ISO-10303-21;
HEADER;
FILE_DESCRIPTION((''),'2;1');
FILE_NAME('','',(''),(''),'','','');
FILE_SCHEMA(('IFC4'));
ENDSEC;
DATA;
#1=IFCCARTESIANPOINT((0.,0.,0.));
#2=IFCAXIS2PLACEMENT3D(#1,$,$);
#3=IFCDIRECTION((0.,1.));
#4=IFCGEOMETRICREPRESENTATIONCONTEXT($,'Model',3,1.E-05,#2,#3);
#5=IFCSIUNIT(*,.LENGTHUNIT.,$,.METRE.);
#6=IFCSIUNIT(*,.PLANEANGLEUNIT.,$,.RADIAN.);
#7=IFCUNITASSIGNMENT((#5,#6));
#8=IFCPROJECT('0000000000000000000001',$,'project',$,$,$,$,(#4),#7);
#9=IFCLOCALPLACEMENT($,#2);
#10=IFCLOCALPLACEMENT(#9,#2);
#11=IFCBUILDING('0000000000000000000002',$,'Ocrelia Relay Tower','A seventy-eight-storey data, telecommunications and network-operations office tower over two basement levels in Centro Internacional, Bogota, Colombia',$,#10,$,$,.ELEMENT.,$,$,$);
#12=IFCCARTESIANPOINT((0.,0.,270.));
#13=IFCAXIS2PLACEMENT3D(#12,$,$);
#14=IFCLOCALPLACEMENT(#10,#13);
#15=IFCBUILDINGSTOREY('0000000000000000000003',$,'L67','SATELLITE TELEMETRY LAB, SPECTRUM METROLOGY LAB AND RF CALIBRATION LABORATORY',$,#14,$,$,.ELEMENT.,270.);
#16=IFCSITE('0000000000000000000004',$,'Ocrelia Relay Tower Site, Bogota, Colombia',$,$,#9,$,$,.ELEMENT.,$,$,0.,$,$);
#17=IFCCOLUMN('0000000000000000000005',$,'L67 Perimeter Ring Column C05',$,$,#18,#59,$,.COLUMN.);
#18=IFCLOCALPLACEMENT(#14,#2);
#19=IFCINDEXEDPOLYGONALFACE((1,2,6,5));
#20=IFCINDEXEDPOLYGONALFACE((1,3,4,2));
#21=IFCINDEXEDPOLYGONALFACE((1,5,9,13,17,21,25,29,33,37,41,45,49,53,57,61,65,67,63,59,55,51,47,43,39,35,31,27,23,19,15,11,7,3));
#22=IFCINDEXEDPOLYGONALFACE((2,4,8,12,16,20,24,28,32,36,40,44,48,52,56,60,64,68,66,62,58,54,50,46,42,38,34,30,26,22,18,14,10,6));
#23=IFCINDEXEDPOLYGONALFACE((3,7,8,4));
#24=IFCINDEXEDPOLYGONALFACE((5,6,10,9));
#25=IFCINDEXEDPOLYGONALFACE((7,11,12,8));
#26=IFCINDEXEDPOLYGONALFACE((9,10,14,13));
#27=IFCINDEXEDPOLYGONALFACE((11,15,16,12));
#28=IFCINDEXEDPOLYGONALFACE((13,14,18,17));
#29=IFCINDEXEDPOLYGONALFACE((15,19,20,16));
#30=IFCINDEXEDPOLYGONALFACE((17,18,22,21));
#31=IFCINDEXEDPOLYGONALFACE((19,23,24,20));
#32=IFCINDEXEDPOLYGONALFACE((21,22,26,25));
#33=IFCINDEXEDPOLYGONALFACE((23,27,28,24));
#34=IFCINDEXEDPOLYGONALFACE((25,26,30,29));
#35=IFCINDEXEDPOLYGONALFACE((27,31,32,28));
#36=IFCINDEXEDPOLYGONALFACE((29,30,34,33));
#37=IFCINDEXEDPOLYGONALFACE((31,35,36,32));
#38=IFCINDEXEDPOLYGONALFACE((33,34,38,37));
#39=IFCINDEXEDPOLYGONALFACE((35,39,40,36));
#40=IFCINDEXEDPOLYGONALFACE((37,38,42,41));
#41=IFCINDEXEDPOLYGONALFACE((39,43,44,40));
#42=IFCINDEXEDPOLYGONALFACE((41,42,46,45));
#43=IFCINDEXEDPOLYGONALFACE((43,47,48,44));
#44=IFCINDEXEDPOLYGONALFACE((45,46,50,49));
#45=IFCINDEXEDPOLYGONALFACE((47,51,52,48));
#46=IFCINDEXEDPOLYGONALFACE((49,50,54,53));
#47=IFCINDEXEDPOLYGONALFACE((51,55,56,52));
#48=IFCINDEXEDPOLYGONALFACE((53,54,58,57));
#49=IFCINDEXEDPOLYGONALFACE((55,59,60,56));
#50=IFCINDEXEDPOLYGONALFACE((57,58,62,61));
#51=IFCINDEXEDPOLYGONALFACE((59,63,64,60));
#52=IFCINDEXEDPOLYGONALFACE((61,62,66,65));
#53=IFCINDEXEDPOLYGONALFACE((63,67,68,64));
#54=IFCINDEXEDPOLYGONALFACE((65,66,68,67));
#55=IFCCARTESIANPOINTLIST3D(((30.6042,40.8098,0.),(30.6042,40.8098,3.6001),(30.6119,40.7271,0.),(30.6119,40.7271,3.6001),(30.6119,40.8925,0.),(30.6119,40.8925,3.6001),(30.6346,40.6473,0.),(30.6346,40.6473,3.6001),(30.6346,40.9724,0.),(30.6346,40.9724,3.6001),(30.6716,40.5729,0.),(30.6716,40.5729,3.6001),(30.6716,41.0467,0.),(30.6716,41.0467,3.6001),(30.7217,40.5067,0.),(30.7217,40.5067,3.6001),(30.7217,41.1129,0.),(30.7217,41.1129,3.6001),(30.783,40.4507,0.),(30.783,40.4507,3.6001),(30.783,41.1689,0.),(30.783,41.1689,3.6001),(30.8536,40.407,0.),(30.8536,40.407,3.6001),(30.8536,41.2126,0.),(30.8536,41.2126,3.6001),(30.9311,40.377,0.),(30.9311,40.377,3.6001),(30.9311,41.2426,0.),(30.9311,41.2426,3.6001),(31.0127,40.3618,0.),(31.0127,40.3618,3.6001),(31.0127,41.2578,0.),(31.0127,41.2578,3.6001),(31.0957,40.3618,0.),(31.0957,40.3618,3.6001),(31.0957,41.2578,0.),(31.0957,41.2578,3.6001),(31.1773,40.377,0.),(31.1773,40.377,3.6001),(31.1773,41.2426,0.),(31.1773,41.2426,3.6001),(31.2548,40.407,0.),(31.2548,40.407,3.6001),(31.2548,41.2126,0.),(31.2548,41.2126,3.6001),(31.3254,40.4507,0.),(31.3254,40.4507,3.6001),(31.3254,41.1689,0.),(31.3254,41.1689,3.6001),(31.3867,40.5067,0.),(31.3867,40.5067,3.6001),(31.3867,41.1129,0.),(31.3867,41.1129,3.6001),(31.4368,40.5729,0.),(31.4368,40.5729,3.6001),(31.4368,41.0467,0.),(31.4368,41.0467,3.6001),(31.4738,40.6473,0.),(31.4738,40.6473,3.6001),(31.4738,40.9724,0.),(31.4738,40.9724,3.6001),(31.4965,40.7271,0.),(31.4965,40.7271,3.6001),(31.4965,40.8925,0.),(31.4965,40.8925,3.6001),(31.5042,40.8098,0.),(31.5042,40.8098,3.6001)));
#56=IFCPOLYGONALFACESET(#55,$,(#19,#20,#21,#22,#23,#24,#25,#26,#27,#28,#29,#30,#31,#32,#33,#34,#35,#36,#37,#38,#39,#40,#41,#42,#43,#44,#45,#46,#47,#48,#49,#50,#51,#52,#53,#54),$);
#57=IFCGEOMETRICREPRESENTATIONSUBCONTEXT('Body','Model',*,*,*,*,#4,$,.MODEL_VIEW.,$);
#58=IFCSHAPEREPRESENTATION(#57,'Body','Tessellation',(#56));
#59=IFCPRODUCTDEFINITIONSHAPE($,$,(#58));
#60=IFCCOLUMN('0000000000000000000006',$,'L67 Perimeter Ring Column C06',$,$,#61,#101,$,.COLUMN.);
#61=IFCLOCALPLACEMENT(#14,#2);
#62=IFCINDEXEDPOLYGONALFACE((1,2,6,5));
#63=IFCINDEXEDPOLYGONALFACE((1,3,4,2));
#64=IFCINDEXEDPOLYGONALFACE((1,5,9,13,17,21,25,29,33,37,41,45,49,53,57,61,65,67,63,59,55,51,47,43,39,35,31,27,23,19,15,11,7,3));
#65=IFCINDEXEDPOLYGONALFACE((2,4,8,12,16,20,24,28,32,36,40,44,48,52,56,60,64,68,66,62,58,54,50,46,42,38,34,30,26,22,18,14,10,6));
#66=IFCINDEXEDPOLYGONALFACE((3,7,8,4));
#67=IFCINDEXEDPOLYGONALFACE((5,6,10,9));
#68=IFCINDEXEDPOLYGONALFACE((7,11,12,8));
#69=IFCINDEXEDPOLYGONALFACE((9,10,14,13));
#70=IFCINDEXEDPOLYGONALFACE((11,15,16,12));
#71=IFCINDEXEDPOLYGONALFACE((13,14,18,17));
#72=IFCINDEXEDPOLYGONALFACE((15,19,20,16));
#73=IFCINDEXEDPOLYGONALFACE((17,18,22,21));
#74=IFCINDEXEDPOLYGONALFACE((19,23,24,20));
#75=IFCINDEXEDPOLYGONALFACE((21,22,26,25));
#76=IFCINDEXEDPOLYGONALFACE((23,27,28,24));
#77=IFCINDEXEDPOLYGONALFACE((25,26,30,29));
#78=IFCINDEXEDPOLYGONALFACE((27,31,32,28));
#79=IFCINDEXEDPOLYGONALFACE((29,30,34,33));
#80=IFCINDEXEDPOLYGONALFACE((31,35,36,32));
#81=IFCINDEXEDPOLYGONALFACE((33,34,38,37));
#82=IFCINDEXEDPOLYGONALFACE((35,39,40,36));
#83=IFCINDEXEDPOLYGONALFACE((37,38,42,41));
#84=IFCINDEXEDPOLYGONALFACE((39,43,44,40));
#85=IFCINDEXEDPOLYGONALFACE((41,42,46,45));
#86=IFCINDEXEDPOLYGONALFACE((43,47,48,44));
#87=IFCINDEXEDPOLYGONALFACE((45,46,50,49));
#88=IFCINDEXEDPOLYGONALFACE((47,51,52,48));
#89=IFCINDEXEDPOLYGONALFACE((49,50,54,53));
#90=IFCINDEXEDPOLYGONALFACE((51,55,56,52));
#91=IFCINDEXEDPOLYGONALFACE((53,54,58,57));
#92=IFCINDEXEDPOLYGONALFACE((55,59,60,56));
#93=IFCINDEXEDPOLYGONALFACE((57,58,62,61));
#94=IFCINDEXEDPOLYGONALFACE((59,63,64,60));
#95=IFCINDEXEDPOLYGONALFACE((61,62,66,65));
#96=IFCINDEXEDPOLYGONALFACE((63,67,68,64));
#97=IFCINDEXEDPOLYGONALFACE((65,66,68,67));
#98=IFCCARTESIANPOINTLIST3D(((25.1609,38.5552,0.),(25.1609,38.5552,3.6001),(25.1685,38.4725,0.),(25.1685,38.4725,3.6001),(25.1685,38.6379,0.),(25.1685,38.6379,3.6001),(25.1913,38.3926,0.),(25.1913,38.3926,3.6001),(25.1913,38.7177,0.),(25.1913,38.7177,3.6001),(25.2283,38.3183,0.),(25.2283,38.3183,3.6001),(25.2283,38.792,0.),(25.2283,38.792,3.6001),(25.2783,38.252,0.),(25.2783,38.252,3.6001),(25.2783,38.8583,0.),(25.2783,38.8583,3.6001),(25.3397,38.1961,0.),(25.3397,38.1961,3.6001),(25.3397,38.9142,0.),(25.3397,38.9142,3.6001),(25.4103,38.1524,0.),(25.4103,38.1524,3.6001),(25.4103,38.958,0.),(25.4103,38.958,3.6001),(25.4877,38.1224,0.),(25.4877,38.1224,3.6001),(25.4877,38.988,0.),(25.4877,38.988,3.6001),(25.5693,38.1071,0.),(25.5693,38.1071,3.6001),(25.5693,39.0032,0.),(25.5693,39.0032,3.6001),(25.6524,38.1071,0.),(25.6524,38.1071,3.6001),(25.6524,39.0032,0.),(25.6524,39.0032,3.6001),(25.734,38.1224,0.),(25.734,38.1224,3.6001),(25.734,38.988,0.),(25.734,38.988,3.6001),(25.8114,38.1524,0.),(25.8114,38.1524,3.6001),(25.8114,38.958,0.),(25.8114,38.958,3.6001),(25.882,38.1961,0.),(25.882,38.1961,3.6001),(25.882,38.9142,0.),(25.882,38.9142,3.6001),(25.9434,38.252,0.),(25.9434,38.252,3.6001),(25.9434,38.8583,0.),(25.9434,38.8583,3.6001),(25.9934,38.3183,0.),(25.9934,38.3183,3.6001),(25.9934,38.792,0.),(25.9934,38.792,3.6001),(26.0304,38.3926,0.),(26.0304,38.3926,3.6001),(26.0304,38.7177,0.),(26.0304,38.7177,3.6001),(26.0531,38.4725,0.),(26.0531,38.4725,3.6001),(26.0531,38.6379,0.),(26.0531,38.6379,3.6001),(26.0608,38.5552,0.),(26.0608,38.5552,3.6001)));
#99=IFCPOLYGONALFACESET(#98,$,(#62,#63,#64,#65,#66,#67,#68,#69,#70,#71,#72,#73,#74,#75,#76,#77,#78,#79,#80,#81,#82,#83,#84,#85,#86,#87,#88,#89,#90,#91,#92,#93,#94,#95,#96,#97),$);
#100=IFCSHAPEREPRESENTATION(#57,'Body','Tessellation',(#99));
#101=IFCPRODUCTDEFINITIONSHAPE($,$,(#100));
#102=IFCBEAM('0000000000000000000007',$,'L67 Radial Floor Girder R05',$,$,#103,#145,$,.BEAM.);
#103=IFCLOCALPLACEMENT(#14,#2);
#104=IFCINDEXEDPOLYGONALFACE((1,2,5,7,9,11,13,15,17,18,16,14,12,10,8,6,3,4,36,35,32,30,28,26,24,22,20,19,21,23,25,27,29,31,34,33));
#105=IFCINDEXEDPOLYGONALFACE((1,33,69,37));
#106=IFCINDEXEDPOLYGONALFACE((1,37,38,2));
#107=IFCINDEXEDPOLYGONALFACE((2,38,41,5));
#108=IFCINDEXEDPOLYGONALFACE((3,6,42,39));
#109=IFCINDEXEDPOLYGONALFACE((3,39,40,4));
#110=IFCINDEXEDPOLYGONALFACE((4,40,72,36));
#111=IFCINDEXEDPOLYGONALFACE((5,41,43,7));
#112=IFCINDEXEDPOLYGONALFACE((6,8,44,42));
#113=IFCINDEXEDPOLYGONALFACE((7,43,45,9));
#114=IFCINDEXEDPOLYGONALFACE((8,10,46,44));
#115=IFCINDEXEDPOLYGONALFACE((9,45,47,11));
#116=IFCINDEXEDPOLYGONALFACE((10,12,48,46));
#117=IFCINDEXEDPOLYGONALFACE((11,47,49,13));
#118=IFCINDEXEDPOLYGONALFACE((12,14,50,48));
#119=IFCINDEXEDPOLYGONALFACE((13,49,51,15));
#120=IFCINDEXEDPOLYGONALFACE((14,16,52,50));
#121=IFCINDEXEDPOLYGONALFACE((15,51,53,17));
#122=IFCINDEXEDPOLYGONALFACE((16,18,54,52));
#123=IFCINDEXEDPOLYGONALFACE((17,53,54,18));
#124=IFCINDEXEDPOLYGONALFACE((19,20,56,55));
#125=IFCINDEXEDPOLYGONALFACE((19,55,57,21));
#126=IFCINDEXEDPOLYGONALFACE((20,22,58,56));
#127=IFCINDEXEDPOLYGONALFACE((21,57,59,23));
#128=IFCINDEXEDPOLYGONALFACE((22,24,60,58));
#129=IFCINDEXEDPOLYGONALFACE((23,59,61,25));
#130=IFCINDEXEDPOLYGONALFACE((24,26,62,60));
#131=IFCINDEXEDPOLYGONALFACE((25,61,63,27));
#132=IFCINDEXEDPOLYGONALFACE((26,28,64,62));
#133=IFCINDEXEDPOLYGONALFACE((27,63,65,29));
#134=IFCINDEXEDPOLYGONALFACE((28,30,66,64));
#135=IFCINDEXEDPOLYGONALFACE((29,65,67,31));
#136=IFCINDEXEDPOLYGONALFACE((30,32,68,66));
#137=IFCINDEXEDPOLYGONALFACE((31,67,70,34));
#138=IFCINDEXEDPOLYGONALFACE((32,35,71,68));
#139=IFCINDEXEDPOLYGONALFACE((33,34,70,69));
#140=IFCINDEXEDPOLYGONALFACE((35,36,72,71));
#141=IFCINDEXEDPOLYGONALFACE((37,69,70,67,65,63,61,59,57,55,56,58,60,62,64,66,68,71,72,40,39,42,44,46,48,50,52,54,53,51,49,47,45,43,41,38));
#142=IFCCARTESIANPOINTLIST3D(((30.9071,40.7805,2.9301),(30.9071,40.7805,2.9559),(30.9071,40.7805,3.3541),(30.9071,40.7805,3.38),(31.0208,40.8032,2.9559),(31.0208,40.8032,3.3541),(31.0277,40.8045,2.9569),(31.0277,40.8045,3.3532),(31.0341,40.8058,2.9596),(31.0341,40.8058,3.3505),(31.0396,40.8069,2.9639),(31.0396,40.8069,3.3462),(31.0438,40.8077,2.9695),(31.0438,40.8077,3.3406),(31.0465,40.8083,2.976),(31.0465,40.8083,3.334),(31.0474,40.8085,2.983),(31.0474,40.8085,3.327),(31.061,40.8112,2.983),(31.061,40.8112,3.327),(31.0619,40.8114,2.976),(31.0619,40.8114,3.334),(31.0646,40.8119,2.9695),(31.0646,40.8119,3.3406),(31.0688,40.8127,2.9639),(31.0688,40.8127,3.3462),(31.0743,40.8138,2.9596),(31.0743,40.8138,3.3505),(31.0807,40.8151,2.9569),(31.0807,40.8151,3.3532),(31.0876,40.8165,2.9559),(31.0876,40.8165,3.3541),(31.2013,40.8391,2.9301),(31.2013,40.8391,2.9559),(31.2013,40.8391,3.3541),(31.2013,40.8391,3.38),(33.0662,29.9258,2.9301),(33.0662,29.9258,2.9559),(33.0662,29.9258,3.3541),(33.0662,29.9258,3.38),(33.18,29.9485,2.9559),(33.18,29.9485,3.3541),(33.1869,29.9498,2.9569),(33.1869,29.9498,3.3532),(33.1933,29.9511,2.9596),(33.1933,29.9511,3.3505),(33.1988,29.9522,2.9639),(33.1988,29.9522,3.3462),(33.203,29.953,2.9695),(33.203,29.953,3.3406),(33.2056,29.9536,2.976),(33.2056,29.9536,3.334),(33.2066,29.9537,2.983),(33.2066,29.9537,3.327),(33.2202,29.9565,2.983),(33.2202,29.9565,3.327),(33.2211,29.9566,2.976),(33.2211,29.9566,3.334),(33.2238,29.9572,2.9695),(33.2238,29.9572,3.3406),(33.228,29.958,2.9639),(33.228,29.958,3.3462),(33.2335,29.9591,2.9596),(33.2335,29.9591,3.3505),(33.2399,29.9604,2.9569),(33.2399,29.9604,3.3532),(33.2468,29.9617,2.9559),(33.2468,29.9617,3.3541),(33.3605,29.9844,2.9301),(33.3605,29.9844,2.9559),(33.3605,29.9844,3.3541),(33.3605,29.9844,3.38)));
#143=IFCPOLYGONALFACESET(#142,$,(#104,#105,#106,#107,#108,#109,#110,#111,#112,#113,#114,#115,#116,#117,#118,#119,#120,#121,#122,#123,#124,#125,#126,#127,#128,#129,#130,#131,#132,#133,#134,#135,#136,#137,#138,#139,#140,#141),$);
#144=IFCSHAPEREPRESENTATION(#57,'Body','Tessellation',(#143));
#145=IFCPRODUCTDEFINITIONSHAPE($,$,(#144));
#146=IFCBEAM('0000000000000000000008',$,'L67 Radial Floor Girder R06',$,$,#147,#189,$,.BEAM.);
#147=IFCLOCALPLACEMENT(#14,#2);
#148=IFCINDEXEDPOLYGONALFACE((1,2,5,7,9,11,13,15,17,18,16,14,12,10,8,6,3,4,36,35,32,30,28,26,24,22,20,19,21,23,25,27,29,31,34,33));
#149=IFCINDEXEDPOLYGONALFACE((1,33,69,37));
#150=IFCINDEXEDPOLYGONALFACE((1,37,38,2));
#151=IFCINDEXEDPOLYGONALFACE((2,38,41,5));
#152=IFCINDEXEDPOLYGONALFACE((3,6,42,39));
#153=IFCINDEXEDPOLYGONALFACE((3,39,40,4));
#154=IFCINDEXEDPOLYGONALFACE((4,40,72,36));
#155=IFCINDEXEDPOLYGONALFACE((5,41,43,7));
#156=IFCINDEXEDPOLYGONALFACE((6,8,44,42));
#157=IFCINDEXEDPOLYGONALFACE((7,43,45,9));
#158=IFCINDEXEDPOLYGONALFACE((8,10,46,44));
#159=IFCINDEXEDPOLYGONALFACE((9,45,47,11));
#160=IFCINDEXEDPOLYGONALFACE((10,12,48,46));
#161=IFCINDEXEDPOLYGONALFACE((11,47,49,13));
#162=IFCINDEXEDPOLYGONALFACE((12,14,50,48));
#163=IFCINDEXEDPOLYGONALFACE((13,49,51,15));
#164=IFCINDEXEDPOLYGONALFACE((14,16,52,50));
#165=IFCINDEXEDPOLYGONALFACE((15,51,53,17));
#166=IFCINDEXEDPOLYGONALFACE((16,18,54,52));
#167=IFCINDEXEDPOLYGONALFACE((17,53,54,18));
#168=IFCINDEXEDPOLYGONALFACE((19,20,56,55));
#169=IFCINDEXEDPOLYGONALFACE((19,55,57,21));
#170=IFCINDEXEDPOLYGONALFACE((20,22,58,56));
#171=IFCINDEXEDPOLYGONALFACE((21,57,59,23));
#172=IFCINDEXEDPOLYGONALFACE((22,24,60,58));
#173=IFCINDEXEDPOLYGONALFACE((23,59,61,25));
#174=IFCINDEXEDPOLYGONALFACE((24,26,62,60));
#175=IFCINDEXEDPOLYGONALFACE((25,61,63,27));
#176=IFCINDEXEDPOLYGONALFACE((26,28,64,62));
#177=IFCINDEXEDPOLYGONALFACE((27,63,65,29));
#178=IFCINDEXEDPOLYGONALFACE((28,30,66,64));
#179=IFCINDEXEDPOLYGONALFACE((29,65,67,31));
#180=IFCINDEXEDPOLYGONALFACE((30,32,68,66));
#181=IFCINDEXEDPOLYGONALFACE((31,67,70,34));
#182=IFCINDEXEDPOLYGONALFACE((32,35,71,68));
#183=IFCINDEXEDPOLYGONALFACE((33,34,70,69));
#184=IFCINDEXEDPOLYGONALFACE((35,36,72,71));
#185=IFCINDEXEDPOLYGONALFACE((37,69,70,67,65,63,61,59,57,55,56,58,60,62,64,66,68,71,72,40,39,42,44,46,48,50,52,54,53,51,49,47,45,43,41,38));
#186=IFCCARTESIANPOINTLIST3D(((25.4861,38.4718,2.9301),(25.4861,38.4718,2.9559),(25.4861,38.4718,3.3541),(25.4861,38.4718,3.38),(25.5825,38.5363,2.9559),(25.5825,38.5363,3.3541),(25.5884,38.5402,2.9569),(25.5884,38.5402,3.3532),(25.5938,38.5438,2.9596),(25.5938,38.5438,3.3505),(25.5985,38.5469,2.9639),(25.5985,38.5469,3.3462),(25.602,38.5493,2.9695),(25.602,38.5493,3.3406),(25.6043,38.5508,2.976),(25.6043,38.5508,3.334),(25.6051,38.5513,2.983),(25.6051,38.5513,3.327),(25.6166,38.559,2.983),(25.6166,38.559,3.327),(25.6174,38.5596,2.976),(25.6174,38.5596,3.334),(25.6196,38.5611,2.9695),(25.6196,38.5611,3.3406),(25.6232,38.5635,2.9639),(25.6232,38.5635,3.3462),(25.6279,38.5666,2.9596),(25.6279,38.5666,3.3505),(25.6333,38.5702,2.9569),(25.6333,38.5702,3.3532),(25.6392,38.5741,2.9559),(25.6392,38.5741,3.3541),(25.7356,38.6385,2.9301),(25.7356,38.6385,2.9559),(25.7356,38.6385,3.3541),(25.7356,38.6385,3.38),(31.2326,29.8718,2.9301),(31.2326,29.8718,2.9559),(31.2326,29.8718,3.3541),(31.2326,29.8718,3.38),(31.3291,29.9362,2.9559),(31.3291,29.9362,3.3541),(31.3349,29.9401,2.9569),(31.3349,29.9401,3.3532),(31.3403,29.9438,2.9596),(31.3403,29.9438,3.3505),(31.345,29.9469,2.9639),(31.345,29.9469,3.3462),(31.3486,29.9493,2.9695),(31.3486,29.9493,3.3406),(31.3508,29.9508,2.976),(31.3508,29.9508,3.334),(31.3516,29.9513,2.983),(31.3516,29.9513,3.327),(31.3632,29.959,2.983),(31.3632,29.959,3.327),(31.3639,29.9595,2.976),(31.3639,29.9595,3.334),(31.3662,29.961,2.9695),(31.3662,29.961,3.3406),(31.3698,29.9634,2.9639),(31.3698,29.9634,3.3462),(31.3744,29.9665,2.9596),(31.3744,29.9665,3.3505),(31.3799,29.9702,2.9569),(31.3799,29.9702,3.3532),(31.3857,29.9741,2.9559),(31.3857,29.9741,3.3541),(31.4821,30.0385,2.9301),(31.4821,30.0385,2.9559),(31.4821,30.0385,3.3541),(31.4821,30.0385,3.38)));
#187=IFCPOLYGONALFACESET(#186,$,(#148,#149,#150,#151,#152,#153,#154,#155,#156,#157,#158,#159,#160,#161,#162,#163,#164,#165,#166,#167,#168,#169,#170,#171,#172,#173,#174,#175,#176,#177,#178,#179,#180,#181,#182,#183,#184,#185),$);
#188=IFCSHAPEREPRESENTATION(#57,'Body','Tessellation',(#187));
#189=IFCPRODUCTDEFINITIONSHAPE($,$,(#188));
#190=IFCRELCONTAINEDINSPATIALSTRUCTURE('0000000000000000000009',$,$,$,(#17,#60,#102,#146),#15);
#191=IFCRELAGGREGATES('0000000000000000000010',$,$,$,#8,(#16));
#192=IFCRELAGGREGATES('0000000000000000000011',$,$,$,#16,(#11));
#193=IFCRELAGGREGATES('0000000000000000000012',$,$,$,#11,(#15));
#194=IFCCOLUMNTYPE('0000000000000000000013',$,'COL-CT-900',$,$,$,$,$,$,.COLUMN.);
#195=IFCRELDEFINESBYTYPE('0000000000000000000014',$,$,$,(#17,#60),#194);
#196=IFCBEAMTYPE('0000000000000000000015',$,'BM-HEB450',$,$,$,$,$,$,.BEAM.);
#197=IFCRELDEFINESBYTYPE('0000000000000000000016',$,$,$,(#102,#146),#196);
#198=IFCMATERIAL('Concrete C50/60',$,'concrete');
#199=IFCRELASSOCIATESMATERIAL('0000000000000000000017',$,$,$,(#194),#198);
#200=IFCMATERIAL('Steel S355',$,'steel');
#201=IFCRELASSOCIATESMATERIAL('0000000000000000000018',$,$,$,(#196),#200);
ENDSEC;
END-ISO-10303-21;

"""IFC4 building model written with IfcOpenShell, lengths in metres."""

from ifc_helpers import new_model, si_unit, direction, frame, origin, origin_2d, place, context, subcontext, project, spatial, circle, i_section, extrude, material, material_profile, profile_set, type_object, element, save


model = new_model("IFC4")

# Units and contexts
model_context = context("Model", 3, precision=1e-05, world=origin(), true_north=direction((0.0, 1.0)))
body_context = subcontext(model_context, "Body", "Model", "MODEL_VIEW")
ifc_project = project(units=[si_unit("LENGTHUNIT", "METRE"), si_unit("PLANEANGLEUNIT", "RADIAN")], contexts=[model_context])

# Site, building, storey
site_placement = place(None, origin())
site = spatial("IfcSite", under=ifc_project, at=site_placement, Name="Ocrelia Relay Tower Site, Bogota, Colombia", CompositionType="ELEMENT", RefElevation=0.0)
building_placement = place(site_placement, origin())
building = spatial("IfcBuilding", under=site, at=building_placement, Name="Ocrelia Relay Tower", Description="A seventy-eight-storey data, telecommunications and network-operations office tower over two basement levels in Centro Internacional, Bogota, Colombia", CompositionType="ELEMENT")
storey_placement = place(building_placement, frame((0.0, 0.0, 270.0)))
storey = spatial("IfcBuildingStorey", under=building, at=storey_placement, Name="L67", Description="SATELLITE TELEMETRY LAB, SPECTRUM METROLOGY LAB AND RF CALIBRATION LABORATORY", CompositionType="ELEMENT", Elevation=270.0)

# Columns
ifc_material_1 = material(Name="Concrete C50/60", Category="concrete")
ifc_material_profile_1 = material_profile(ifc_material_1, circle(Radius=0.45, at=origin_2d()), Name="RC-CIR-900")
ifc_profile_set_1 = profile_set([ifc_material_profile_1], Name="Concrete C50/60")
column_type = type_object("IfcColumnType", Name="COL-CT-900", PredefinedType="COLUMN", material=ifc_profile_set_1)
for number, where, z_axis, x_axis, name in (
    (1, (31.0542, 40.8098, 0.0), (0.0, 0.0, 1.0), (1.0, 0.0, 0.0), "L67 Perimeter Ring Column C05"),
    (2, (25.6108, 38.5552, 0.0), (0.0, 0.0, 1.0), (1.0, 0.0, 0.0), "L67 Perimeter Ring Column C06"),
):
    element("IfcColumn", number, at=place(storey_placement, frame(where, z_axis=z_axis, x_axis=x_axis)), inside=storey, type_object=column_type, Name=name, PredefinedType="COLUMN", context=body_context, shape_type="SweptSolid", body=[
        extrude(circle(Radius=0.45, at=origin_2d()), origin(), (0.0, 0.0, 1.0), 3.6001),
    ])

# Beams
ifc_material_2 = material(Name="Steel S355", Category="steel")
ifc_material_profile_2 = material_profile(ifc_material_2, i_section(OverallWidth=0.3, OverallDepth=0.45, WebThickness=0.0139, FlangeThickness=0.0259, FilletRadius=0.0271, at=origin_2d()), Name="HEB 450")
ifc_profile_set_2 = profile_set([ifc_material_profile_2], Name="Steel S355")
beam_type_1 = type_object("IfcBeamType", Name="BM-HEB450", PredefinedType="BEAM", material=ifc_profile_set_2)
beam_1_placement = place(storey_placement, frame((31.0542, 40.8098, 3.155), z_axis=(0.195094, -0.980785, 0.0), x_axis=(0.980785, 0.195094, 0.0)))
element("IfcBeam", 3, at=beam_1_placement, inside=storey, type_object=beam_type_1, Name="L67 Radial Floor Girder R05", PredefinedType="BEAM", context=body_context, shape_type="SweptSolid", body=[
    extrude(i_section(OverallWidth=0.3, OverallDepth=0.45, WebThickness=0.0139, FlangeThickness=0.0259, FilletRadius=0.0271, at=origin_2d()), origin(), (0.0, 0.0, 1.0), 11.0674),
])
beam_2_placement = place(storey_placement, frame((25.6108, 38.5552, 3.155), z_axis=(0.555582, -0.831462, 0.0), x_axis=(0.831462, 0.555582, 0.0)))
element("IfcBeam", 4, at=beam_2_placement, inside=storey, type_object=beam_type_1, Name="L67 Radial Floor Girder R06", PredefinedType="BEAM", context=body_context, shape_type="SweptSolid", body=[
    extrude(i_section(OverallWidth=0.3, OverallDepth=0.45, WebThickness=0.0139, FlangeThickness=0.0259, FilletRadius=0.0271, at=origin_2d()), origin(), (0.0, 0.0, 1.0), 10.3433),
])

save(model, "model.ifc")
